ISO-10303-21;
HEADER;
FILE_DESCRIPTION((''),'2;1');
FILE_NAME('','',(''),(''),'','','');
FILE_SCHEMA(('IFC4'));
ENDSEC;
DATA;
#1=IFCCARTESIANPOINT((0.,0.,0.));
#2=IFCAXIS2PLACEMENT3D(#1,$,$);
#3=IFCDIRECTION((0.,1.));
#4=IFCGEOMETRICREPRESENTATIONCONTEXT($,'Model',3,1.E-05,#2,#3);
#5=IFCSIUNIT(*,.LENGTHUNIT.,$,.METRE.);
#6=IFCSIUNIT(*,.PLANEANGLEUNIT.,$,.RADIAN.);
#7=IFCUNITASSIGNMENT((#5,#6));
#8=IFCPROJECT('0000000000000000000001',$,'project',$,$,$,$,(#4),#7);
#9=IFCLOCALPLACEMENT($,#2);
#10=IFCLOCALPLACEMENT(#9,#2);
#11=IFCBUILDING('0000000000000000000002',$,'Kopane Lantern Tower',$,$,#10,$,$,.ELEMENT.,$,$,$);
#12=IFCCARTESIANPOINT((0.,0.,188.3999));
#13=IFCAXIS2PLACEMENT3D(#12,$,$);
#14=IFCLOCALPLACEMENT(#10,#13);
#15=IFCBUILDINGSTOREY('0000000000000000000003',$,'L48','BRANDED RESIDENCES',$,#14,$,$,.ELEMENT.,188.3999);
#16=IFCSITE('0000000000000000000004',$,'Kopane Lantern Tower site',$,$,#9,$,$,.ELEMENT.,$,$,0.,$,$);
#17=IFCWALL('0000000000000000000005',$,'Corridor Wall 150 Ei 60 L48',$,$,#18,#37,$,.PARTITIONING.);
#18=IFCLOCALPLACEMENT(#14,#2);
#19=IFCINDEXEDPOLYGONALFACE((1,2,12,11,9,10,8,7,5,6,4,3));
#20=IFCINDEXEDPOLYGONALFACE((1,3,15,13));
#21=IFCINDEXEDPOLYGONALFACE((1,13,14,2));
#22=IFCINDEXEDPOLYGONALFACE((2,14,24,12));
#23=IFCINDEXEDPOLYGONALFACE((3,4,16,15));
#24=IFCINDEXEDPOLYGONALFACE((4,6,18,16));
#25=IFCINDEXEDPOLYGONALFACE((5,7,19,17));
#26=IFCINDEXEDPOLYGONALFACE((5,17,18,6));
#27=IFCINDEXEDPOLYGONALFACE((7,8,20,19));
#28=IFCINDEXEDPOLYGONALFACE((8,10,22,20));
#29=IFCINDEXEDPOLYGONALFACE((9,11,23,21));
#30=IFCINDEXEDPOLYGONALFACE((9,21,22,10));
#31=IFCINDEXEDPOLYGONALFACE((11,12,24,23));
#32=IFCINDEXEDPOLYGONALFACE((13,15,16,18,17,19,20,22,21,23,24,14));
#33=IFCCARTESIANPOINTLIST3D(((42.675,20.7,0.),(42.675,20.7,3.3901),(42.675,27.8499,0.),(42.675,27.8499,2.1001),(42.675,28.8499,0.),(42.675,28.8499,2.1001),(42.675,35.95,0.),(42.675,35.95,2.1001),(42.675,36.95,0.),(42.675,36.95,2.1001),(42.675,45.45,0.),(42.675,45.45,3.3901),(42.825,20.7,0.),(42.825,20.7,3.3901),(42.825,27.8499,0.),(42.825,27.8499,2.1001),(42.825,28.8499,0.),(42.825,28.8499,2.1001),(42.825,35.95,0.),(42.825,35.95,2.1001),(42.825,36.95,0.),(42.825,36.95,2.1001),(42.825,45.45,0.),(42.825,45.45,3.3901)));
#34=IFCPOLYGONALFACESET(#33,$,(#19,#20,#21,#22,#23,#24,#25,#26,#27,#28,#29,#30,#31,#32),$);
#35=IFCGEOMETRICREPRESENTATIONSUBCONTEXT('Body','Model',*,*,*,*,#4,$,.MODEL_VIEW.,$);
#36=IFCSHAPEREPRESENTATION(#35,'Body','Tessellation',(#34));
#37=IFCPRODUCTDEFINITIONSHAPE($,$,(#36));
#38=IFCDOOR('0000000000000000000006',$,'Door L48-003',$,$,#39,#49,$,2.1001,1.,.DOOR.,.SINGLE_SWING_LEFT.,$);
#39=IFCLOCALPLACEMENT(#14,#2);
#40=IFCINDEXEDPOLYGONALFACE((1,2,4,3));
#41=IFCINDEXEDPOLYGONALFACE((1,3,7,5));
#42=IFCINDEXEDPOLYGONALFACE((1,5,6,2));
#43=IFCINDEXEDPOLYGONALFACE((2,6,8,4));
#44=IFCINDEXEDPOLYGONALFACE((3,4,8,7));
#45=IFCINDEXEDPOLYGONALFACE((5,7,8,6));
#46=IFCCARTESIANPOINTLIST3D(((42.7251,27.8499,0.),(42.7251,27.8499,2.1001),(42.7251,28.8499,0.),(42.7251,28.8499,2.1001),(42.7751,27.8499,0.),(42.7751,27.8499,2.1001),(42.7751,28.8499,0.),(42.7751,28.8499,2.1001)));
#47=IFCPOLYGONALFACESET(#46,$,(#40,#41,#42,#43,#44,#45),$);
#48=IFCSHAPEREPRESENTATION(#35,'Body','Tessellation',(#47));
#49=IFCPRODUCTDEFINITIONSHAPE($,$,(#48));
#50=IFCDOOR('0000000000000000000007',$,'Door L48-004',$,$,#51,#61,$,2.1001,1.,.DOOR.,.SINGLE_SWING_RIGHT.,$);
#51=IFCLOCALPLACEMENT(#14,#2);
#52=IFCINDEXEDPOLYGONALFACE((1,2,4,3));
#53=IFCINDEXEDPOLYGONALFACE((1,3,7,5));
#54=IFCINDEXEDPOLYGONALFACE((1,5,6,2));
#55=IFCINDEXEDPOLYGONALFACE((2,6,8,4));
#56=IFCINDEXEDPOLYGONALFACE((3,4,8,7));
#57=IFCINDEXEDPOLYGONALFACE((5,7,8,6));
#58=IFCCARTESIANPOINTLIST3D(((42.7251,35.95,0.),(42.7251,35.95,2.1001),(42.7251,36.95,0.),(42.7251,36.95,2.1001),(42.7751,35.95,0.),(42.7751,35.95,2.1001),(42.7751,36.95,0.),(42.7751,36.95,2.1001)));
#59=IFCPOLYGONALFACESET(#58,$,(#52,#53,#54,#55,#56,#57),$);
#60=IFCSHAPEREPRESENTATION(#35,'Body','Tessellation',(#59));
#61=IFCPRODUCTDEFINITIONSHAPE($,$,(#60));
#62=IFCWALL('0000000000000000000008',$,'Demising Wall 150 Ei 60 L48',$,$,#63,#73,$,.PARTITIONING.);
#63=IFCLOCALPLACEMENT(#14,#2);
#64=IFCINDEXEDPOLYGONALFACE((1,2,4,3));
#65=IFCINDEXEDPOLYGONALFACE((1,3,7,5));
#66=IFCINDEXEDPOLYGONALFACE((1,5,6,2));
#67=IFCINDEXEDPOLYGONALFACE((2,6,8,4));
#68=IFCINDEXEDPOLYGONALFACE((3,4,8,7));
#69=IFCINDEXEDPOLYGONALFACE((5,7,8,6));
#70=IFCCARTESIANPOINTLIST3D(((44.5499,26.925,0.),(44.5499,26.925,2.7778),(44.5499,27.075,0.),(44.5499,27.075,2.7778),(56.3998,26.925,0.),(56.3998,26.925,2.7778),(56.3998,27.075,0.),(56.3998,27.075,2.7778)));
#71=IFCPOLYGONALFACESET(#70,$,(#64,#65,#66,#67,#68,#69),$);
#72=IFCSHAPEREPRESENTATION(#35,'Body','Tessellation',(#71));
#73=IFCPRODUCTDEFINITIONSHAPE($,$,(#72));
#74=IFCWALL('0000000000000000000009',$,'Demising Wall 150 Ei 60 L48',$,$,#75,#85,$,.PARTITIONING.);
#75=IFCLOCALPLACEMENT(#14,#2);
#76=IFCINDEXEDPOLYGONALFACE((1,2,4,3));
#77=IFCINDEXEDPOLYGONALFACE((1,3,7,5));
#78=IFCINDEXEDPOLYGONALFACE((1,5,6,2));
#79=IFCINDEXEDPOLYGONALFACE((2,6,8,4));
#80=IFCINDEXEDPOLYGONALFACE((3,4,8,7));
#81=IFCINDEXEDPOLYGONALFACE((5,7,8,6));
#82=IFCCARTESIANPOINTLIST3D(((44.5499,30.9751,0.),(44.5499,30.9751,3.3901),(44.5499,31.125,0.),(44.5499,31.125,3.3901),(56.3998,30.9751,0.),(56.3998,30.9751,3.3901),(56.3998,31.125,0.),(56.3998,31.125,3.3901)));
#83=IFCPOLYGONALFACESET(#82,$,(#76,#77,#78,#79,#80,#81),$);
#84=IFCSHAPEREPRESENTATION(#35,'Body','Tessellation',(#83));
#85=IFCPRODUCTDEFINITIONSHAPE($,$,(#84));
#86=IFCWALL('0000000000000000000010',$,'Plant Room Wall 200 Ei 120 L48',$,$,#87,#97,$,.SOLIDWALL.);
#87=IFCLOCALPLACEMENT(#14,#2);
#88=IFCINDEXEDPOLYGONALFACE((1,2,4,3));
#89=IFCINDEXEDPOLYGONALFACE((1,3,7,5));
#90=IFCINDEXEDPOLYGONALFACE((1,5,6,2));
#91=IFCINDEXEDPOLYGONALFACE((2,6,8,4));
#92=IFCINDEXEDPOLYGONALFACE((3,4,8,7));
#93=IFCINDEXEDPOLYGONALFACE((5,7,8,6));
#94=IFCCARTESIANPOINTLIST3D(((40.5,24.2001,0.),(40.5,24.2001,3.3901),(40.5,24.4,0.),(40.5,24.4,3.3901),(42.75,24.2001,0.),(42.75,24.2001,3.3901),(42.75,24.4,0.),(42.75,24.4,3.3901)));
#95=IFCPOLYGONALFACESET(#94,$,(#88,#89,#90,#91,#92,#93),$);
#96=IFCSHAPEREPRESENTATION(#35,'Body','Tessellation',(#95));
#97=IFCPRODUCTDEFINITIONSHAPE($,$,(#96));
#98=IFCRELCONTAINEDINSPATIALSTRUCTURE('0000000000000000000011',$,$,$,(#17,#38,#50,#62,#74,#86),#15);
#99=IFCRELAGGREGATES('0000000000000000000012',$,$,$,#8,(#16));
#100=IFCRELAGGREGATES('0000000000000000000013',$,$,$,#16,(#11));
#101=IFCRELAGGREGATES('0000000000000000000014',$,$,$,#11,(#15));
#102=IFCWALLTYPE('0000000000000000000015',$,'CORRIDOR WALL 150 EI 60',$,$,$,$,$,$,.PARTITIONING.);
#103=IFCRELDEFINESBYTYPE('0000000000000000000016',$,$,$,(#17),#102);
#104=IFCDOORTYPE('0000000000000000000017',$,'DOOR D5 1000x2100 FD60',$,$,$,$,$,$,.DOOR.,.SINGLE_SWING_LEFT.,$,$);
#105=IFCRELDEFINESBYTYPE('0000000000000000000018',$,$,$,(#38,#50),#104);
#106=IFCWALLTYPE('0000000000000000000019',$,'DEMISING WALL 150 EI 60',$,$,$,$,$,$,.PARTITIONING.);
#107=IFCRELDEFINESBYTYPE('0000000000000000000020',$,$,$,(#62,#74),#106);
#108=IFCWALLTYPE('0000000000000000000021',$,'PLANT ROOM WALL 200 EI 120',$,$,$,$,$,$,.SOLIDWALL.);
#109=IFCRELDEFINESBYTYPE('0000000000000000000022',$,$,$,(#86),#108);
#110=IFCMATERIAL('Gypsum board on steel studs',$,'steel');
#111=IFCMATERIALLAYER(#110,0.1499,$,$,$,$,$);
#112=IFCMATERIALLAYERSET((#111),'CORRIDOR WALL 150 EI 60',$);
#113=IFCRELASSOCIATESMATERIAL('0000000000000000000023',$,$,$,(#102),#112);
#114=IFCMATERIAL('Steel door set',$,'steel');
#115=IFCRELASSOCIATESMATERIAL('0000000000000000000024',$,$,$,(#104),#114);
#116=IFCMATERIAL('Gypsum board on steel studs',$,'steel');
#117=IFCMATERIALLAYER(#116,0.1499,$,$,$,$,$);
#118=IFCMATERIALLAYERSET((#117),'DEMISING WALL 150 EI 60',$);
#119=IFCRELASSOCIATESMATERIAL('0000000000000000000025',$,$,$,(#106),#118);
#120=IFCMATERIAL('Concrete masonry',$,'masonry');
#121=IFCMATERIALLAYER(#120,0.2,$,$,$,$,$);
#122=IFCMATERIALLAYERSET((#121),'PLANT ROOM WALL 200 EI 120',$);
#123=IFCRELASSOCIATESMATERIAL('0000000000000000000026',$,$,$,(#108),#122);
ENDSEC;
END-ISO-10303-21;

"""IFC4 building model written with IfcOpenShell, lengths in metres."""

from ifc_helpers import new_model, si_unit, direction, frame, frame_2d, origin, place, context, subcontext, project, spatial, rectangle, extrude, material, layer, layer_set, type_object, element, fill, save


model = new_model("IFC4")

# Units and contexts
model_context = context("Model", 3, precision=1e-05, world=origin(), true_north=direction((0.0, 1.0)))
body_context = subcontext(model_context, "Body", "Model", "MODEL_VIEW")
ifc_project = project(units=[si_unit("LENGTHUNIT", "METRE"), si_unit("PLANEANGLEUNIT", "RADIAN")], contexts=[model_context])

# Site, building, storey
site_placement = place(None, origin())
site = spatial("IfcSite", under=ifc_project, at=site_placement, Name="Kopane Lantern Tower site", CompositionType="ELEMENT", RefElevation=0.0)
building_placement = place(site_placement, origin())
building = spatial("IfcBuilding", under=site, at=building_placement, Name="Kopane Lantern Tower", CompositionType="ELEMENT")
storey_placement = place(building_placement, frame((0.0, 0.0, 188.3999)))
storey = spatial("IfcBuildingStorey", under=building, at=storey_placement, Name="L48", Description="BRANDED RESIDENCES", CompositionType="ELEMENT", Elevation=188.3999)

# Wall, openings, doors
ifc_material_1 = material(Name="Gypsum board on steel studs", Category="steel")
ifc_layer_1 = layer(ifc_material_1, 0.1499)
ifc_layer_set_1 = layer_set([ifc_layer_1], Name="CORRIDOR WALL 150 EI 60")
wall_type_1 = type_object("IfcWallType", Name="CORRIDOR WALL 150 EI 60", PredefinedType="PARTITIONING", material=ifc_layer_set_1)
wall_1_placement = place(storey_placement, frame((42.75, 20.7, 0.0), z_axis=(0.0, 0.0, 1.0), x_axis=(0.0, 1.0, 0.0)))
wall_1 = element("IfcWall", 1, at=wall_1_placement, inside=storey, type_object=wall_type_1, Name="Corridor Wall 150 Ei 60 L48", PredefinedType="PARTITIONING", context=body_context, shape_type="SweptSolid", body=[
    extrude(rectangle(XDim=24.75, YDim=0.1499, at=frame_2d((12.375, 0.0))), origin(), (0.0, 0.0, 1.0), 3.3901),
])
opening_1_placement = place(wall_1_placement, frame((7.1499, 0.0, 0.0)))
opening_1 = element("IfcOpeningElement", 2, at=opening_1_placement, cuts=wall_1, PredefinedType="OPENING", context=body_context, shape_type="SweptSolid", body=[
    extrude(rectangle(XDim=1.0, YDim=2.1001, at=frame_2d((0.5, 1.05))), frame((0.0, 0.085, 0.0), z_axis=(0.0, -1.0, 0.0), x_axis=(1.0, 0.0, 0.0)), (0.0, 0.0, 1.0), 0.1699),
])
opening_2_placement = place(wall_1_placement, frame((15.25, 0.0, 0.0)))
opening_2 = element("IfcOpeningElement", 3, at=opening_2_placement, cuts=wall_1, PredefinedType="OPENING", context=body_context, shape_type="SweptSolid", body=[
    extrude(rectangle(XDim=1.0, YDim=2.1001, at=frame_2d((0.5, 1.05))), frame((0.0, 0.085, 0.0), z_axis=(0.0, -1.0, 0.0), x_axis=(1.0, 0.0, 0.0)), (0.0, 0.0, 1.0), 0.1699),
])
ifc_material_2 = material(Name="Steel door set", Category="steel")
door_type_1 = type_object("IfcDoorType", Name="DOOR D5 1000x2100 FD60", OperationType="SINGLE_SWING_LEFT", PredefinedType="DOOR", material=ifc_material_2)
door_1_placement = place(opening_1_placement, origin())
door_1 = element("IfcDoor", 4, at=door_1_placement, inside=storey, type_object=door_type_1, Name="Door L48-003", OperationType="SINGLE_SWING_LEFT", OverallHeight=2.1001, OverallWidth=1.0, PredefinedType="DOOR", context=body_context, shape_type="SweptSolid", body=[
    extrude(rectangle(XDim=1.0, YDim=2.1001, at=frame_2d((0.5, 1.05))), frame((0.0, 0.0249, 0.0), z_axis=(0.0, -1.0, 0.0), x_axis=(1.0, 0.0, 0.0)), (0.0, 0.0, 1.0), 0.05),
])
fill(opening_1, door_1)
door_2_placement = place(opening_2_placement, origin())
door_2 = element("IfcDoor", 5, at=door_2_placement, inside=storey, type_object=door_type_1, Name="Door L48-004", OperationType="SINGLE_SWING_RIGHT", OverallHeight=2.1001, OverallWidth=1.0, PredefinedType="DOOR", context=body_context, shape_type="SweptSolid", body=[
    extrude(rectangle(XDim=1.0, YDim=2.1001, at=frame_2d((0.5, 1.05))), frame((0.0, 0.0249, 0.0), z_axis=(0.0, -1.0, 0.0), x_axis=(1.0, 0.0, 0.0)), (0.0, 0.0, 1.0), 0.05),
])
fill(opening_2, door_2)

# Walls
ifc_material_3 = material(Name="Gypsum board on steel studs", Category="steel")
ifc_layer_2 = layer(ifc_material_3, 0.1499)
ifc_layer_set_2 = layer_set([ifc_layer_2], Name="DEMISING WALL 150 EI 60")
wall_type_2 = type_object("IfcWallType", Name="DEMISING WALL 150 EI 60", PredefinedType="PARTITIONING", material=ifc_layer_set_2)
wall_2_placement = place(storey_placement, frame((44.55, 27.0, 0.0), z_axis=(0.0, 0.0, 1.0), x_axis=(1.0, 0.0, 0.0)))
element("IfcWall", 6, at=wall_2_placement, inside=storey, type_object=wall_type_2, Name="Demising Wall 150 Ei 60 L48", PredefinedType="PARTITIONING", context=body_context, shape_type="SweptSolid", body=[
    extrude(rectangle(XDim=11.8499, YDim=0.1499, at=frame_2d((5.9248, 0.0))), origin(), (0.0, 0.0, 1.0), 2.7778),
])
wall_3_placement = place(storey_placement, frame((44.55, 31.05, 0.0), z_axis=(0.0, 0.0, 1.0), x_axis=(1.0, 0.0, 0.0)))
element("IfcWall", 7, at=wall_3_placement, inside=storey, type_object=wall_type_2, Name="Demising Wall 150 Ei 60 L48", PredefinedType="PARTITIONING", context=body_context, shape_type="SweptSolid", body=[
    extrude(rectangle(XDim=11.8499, YDim=0.1499, at=frame_2d((5.9248, 0.0))), origin(), (0.0, 0.0, 1.0), 3.3901),
])
ifc_material_4 = material(Name="Concrete masonry", Category="masonry")
ifc_layer_3 = layer(ifc_material_4, 0.2)
ifc_layer_set_3 = layer_set([ifc_layer_3], Name="PLANT ROOM WALL 200 EI 120")
wall_type_3 = type_object("IfcWallType", Name="PLANT ROOM WALL 200 EI 120", PredefinedType="SOLIDWALL", material=ifc_layer_set_3)
wall_4_placement = place(storey_placement, frame((40.5, 24.3, 0.0), z_axis=(0.0, 0.0, 1.0), x_axis=(1.0, 0.0, 0.0)))
element("IfcWall", 8, at=wall_4_placement, inside=storey, type_object=wall_type_3, Name="Plant Room Wall 200 Ei 120 L48", PredefinedType="SOLIDWALL", context=body_context, shape_type="SweptSolid", body=[
    extrude(rectangle(XDim=2.25, YDim=0.2, at=frame_2d((1.125, 0.0))), origin(), (0.0, 0.0, 1.0), 3.3901),
])

save(model, "model.ifc")
